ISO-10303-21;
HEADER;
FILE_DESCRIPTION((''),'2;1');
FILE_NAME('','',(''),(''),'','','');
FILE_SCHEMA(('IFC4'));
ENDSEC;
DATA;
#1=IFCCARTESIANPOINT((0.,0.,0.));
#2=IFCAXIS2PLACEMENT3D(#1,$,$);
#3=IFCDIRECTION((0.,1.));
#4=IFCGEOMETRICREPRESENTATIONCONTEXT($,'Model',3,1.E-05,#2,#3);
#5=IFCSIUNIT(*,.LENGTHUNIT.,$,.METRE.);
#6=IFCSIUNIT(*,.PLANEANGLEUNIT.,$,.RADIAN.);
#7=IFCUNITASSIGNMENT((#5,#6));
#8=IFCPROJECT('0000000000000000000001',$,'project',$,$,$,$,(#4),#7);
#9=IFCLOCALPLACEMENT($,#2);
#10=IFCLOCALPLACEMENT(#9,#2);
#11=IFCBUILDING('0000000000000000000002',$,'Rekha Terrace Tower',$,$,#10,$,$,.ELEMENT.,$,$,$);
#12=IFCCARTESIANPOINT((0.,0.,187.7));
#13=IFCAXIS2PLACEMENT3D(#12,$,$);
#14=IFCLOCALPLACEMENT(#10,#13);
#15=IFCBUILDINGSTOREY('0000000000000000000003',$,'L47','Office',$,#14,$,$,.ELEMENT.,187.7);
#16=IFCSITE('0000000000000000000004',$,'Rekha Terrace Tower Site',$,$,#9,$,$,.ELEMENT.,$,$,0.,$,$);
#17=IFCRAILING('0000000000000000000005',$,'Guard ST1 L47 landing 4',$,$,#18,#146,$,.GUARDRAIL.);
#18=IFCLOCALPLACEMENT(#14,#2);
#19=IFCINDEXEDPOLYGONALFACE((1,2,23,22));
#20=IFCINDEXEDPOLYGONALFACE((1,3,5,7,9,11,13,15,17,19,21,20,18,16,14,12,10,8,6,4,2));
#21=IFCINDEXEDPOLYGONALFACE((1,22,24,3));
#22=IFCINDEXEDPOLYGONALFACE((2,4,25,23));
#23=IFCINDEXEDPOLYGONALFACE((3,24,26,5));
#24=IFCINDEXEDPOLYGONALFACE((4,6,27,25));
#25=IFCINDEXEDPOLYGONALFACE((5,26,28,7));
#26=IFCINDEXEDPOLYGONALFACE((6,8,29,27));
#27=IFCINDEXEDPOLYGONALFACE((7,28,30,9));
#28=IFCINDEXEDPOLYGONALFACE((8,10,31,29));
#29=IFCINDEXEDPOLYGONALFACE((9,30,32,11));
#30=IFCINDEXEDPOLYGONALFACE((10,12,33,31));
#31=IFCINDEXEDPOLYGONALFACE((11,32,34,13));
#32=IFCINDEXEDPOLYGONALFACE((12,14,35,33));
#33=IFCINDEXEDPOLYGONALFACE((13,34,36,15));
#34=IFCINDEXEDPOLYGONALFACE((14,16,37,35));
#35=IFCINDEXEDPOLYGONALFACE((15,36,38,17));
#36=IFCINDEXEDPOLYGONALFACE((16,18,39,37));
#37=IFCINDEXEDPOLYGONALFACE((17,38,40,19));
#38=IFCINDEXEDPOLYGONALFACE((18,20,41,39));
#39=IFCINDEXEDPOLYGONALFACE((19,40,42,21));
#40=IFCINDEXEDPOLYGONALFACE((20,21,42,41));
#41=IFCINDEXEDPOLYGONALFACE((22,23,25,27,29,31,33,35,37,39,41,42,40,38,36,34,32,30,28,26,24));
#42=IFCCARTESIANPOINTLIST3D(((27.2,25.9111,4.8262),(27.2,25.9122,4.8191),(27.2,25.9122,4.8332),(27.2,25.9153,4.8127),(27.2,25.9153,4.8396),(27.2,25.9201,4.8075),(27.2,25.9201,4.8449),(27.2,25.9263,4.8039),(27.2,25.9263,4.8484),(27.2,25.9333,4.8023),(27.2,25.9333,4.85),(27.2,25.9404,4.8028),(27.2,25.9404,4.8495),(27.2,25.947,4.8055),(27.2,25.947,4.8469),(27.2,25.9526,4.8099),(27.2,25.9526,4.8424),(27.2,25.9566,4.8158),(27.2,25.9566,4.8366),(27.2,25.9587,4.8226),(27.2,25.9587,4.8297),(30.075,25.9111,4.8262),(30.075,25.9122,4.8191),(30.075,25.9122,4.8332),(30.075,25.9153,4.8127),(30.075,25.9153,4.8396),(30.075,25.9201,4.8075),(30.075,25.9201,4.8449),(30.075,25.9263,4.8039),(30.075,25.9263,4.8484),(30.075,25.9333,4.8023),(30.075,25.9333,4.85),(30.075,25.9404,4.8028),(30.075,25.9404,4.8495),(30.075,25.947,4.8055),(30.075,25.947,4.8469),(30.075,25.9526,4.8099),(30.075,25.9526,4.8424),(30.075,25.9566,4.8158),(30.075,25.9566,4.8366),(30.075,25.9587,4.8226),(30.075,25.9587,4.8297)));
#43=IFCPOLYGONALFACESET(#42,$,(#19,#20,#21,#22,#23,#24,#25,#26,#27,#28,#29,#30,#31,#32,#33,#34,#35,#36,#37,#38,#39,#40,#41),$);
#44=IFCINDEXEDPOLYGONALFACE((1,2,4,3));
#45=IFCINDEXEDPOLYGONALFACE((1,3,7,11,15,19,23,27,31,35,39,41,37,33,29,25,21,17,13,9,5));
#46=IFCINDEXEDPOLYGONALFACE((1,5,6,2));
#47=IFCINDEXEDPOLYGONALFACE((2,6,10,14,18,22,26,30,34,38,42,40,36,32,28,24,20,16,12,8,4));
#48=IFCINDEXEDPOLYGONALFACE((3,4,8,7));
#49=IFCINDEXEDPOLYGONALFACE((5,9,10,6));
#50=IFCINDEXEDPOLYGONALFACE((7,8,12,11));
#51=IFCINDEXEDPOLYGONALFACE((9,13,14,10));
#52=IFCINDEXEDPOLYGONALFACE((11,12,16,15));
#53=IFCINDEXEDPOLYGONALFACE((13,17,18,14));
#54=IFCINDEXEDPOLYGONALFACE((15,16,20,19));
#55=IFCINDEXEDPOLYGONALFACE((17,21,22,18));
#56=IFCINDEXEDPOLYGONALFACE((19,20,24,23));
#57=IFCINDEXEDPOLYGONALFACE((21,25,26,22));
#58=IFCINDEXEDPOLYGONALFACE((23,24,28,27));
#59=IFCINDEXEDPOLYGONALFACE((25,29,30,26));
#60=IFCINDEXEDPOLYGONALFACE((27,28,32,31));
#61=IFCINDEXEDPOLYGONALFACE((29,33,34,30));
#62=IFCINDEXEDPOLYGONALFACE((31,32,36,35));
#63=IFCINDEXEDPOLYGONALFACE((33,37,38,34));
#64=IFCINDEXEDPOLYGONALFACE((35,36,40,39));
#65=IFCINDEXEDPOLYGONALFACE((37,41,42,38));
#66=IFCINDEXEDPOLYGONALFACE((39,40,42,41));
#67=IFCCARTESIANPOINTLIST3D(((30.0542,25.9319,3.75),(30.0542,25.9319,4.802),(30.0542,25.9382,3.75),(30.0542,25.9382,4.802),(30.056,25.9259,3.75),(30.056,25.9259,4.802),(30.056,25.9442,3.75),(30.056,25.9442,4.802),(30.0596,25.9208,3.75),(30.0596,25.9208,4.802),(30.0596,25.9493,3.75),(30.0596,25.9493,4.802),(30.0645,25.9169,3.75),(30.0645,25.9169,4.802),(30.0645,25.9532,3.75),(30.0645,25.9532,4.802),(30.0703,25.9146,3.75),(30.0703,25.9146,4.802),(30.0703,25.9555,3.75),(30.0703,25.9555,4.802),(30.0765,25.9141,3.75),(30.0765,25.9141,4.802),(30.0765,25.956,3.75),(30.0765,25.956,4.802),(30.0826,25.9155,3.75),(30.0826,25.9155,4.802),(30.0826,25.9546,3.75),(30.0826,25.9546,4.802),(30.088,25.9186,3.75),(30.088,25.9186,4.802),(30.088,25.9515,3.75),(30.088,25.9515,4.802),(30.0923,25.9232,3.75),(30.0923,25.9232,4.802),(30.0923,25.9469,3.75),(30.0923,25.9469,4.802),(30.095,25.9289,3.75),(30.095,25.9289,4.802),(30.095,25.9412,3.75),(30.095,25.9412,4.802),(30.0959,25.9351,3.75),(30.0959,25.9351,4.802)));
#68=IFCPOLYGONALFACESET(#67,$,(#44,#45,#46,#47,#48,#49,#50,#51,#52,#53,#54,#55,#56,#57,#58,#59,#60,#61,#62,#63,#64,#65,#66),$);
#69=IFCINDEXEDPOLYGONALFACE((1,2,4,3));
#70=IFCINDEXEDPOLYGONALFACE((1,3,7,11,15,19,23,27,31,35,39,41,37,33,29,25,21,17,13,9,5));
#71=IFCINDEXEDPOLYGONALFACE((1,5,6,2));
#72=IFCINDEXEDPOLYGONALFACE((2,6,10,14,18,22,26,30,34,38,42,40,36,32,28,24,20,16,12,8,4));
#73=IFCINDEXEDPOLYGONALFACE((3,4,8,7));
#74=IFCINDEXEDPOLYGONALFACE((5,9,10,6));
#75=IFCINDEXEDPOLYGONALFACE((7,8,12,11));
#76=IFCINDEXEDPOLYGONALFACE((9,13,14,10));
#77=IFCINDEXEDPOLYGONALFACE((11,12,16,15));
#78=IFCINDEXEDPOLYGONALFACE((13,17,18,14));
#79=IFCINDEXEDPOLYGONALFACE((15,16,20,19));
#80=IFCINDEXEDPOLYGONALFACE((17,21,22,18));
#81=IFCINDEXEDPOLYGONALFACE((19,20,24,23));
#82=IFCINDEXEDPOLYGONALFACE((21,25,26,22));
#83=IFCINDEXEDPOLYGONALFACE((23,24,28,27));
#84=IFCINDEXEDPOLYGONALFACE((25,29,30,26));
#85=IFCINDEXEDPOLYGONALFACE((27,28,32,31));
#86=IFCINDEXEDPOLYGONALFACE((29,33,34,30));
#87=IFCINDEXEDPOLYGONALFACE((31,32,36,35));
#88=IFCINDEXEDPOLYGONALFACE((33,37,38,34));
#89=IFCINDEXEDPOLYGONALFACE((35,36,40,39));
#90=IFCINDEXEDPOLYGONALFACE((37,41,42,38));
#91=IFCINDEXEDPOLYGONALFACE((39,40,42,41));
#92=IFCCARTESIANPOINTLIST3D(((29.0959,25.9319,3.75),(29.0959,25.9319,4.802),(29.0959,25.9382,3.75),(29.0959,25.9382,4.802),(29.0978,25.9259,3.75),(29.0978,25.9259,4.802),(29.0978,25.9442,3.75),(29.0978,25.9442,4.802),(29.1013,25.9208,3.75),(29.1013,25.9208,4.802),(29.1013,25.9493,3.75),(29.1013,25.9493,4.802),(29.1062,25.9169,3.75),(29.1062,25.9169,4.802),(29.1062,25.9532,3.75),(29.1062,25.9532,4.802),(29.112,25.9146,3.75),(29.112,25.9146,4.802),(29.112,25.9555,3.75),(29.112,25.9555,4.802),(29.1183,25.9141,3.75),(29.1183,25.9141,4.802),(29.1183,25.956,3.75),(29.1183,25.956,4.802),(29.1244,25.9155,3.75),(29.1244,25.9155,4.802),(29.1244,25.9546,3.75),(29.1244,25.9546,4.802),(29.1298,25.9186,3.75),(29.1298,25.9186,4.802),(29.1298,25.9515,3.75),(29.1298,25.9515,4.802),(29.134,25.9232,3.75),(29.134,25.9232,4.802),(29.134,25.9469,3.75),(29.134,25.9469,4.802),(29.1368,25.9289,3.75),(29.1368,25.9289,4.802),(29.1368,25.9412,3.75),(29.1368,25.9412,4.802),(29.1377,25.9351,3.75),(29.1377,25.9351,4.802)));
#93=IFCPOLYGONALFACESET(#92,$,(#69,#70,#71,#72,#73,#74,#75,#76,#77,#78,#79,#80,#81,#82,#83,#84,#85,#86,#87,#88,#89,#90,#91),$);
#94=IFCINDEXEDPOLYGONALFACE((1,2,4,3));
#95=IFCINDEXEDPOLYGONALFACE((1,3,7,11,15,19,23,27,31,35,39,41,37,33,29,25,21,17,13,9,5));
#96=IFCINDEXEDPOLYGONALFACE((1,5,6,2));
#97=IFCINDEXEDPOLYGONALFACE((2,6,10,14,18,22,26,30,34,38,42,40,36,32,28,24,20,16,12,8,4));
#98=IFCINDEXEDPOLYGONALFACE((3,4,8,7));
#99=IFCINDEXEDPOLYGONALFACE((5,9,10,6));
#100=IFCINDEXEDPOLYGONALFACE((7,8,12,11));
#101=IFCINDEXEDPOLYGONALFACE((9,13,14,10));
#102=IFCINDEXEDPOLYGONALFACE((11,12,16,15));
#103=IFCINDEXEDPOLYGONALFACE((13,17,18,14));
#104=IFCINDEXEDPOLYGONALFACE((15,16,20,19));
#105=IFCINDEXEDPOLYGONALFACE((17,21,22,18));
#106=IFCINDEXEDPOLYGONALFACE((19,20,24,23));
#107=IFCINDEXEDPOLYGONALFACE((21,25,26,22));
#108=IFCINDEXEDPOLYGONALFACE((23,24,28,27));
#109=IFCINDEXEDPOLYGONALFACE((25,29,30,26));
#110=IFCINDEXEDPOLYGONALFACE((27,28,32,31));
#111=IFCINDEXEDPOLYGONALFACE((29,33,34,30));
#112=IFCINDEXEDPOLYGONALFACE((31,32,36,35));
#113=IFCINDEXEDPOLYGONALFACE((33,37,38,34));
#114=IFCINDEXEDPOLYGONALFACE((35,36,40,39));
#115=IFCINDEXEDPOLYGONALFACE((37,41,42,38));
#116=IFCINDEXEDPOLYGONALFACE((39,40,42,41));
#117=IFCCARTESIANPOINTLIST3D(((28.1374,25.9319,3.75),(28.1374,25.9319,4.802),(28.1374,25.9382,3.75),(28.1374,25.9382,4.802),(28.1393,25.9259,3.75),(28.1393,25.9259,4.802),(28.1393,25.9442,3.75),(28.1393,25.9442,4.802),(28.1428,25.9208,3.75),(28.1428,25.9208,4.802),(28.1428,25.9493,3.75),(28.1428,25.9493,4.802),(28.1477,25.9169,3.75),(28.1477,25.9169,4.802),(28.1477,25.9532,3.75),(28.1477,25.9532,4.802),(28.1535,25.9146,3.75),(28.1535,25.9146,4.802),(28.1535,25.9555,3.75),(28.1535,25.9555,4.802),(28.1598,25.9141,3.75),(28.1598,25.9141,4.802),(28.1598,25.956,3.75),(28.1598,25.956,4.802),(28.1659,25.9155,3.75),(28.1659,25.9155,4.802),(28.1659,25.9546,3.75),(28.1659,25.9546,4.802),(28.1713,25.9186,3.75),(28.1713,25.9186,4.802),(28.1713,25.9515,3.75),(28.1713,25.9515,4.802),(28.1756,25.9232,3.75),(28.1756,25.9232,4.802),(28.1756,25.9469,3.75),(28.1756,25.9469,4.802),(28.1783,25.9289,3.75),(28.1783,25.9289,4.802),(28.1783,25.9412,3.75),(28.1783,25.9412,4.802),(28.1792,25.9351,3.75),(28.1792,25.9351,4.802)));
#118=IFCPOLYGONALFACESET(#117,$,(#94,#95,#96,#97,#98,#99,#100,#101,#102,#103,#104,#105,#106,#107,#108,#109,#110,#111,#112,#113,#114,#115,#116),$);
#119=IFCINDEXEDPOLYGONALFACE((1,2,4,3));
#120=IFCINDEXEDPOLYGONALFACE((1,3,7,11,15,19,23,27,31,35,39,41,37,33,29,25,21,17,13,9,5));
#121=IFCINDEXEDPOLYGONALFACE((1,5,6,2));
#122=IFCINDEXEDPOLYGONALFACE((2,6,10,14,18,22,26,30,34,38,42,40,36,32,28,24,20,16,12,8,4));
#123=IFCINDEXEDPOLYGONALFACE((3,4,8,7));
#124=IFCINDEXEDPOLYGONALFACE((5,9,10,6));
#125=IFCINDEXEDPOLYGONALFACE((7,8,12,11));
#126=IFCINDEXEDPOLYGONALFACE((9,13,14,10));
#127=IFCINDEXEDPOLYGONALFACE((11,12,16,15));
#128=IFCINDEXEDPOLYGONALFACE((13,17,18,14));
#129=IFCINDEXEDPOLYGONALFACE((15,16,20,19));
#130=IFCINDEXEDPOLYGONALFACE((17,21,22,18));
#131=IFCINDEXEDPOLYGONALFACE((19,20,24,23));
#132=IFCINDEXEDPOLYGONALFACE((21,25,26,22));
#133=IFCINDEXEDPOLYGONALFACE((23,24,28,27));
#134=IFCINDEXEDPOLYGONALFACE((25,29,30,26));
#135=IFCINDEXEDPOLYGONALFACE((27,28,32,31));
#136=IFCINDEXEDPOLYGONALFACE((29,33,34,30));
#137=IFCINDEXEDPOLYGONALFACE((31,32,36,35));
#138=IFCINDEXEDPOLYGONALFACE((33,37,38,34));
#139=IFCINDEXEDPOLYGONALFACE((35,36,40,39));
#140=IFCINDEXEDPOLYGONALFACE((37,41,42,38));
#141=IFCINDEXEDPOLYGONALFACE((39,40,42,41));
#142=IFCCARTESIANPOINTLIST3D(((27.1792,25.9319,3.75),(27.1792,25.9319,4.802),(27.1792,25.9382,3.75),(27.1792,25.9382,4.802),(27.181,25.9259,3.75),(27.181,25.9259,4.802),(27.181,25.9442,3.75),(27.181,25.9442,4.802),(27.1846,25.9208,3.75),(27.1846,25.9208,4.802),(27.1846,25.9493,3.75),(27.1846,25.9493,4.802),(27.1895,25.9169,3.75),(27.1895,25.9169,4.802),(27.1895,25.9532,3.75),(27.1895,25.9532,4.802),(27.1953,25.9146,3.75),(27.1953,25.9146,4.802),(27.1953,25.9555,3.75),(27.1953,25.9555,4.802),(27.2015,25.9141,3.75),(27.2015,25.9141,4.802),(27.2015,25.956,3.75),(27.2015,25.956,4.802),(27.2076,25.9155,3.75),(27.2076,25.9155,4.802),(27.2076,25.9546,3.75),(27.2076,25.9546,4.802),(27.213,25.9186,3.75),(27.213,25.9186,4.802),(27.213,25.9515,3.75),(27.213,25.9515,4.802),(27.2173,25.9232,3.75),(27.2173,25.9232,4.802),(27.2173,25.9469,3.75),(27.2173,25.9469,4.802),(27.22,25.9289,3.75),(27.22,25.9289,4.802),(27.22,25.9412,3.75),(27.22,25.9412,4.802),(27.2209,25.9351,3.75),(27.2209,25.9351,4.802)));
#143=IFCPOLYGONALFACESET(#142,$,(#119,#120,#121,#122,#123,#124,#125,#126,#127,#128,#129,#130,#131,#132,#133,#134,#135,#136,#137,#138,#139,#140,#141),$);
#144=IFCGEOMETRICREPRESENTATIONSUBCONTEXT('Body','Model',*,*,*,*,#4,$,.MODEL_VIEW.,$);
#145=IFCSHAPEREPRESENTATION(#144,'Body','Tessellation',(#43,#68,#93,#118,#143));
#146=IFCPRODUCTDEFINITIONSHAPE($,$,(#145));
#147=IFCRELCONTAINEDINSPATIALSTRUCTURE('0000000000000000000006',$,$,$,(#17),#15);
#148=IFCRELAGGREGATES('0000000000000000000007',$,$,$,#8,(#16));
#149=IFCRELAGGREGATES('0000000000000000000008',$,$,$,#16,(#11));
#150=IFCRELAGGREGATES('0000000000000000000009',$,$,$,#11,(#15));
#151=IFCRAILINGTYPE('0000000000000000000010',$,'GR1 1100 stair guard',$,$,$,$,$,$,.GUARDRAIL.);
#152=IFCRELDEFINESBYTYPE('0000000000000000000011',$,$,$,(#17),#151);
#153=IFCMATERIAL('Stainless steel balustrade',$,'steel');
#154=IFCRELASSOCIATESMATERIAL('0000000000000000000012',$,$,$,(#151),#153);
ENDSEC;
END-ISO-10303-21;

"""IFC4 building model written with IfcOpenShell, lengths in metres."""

from ifc_helpers import new_model, si_unit, direction, frame, origin, origin_2d, place, context, subcontext, project, spatial, circle, extrude, material, type_object, element, save


model = new_model("IFC4")

# Units and contexts
model_context = context("Model", 3, precision=1e-05, world=origin(), true_north=direction((0.0, 1.0)))
body_context = subcontext(model_context, "Body", "Model", "MODEL_VIEW")
ifc_project = project(units=[si_unit("LENGTHUNIT", "METRE"), si_unit("PLANEANGLEUNIT", "RADIAN")], contexts=[model_context])

# Site, building, storey
site_placement = place(None, origin())
site = spatial("IfcSite", under=ifc_project, at=site_placement, Name="Rekha Terrace Tower Site", CompositionType="ELEMENT", RefElevation=0.0)
building_placement = place(site_placement, origin())
building = spatial("IfcBuilding", under=site, at=building_placement, Name="Rekha Terrace Tower", CompositionType="ELEMENT")
storey_placement = place(building_placement, frame((0.0, 0.0, 187.7)))
storey = spatial("IfcBuildingStorey", under=building, at=storey_placement, Name="L47", Description="Office", CompositionType="ELEMENT", Elevation=187.7)

# Railing
ifc_material_1 = material(Name="Stainless steel balustrade", Category="steel")
railing_type_1 = type_object("IfcRailingType", Name="GR1 1100 stair guard", PredefinedType="GUARDRAIL", material=ifc_material_1)
railing_1_placement = place(storey_placement, frame((30.075, 25.9351, 3.75)))
element("IfcRailing", 1, at=railing_1_placement, inside=storey, type_object=railing_type_1, Name="Guard ST1 L47 landing 4", PredefinedType="GUARDRAIL", context=body_context, shape_type="SweptSolid", body=[
    extrude(circle(Radius=0.0239, at=origin_2d()), frame((0.0, 0.0, 1.0762), z_axis=(-1.0, 0.0, 0.0), x_axis=(0.0, -1.0, 0.0)), (0.0, 0.0, 1.0), 2.875),
    extrude(circle(Radius=0.021, at=origin_2d()), origin(), (0.0, 0.0, 1.0), 1.052),
    extrude(circle(Radius=0.021, at=origin_2d()), frame((-0.9583, 0.0, 0.0)), (0.0, 0.0, 1.0), 1.052),
    extrude(circle(Radius=0.021, at=origin_2d()), frame((-1.9167, 0.0, 0.0)), (0.0, 0.0, 1.0), 1.052),
    extrude(circle(Radius=0.021, at=origin_2d()), frame((-2.875, 0.0, 0.0)), (0.0, 0.0, 1.0), 1.052),
])

save(model, "model.ifc")
